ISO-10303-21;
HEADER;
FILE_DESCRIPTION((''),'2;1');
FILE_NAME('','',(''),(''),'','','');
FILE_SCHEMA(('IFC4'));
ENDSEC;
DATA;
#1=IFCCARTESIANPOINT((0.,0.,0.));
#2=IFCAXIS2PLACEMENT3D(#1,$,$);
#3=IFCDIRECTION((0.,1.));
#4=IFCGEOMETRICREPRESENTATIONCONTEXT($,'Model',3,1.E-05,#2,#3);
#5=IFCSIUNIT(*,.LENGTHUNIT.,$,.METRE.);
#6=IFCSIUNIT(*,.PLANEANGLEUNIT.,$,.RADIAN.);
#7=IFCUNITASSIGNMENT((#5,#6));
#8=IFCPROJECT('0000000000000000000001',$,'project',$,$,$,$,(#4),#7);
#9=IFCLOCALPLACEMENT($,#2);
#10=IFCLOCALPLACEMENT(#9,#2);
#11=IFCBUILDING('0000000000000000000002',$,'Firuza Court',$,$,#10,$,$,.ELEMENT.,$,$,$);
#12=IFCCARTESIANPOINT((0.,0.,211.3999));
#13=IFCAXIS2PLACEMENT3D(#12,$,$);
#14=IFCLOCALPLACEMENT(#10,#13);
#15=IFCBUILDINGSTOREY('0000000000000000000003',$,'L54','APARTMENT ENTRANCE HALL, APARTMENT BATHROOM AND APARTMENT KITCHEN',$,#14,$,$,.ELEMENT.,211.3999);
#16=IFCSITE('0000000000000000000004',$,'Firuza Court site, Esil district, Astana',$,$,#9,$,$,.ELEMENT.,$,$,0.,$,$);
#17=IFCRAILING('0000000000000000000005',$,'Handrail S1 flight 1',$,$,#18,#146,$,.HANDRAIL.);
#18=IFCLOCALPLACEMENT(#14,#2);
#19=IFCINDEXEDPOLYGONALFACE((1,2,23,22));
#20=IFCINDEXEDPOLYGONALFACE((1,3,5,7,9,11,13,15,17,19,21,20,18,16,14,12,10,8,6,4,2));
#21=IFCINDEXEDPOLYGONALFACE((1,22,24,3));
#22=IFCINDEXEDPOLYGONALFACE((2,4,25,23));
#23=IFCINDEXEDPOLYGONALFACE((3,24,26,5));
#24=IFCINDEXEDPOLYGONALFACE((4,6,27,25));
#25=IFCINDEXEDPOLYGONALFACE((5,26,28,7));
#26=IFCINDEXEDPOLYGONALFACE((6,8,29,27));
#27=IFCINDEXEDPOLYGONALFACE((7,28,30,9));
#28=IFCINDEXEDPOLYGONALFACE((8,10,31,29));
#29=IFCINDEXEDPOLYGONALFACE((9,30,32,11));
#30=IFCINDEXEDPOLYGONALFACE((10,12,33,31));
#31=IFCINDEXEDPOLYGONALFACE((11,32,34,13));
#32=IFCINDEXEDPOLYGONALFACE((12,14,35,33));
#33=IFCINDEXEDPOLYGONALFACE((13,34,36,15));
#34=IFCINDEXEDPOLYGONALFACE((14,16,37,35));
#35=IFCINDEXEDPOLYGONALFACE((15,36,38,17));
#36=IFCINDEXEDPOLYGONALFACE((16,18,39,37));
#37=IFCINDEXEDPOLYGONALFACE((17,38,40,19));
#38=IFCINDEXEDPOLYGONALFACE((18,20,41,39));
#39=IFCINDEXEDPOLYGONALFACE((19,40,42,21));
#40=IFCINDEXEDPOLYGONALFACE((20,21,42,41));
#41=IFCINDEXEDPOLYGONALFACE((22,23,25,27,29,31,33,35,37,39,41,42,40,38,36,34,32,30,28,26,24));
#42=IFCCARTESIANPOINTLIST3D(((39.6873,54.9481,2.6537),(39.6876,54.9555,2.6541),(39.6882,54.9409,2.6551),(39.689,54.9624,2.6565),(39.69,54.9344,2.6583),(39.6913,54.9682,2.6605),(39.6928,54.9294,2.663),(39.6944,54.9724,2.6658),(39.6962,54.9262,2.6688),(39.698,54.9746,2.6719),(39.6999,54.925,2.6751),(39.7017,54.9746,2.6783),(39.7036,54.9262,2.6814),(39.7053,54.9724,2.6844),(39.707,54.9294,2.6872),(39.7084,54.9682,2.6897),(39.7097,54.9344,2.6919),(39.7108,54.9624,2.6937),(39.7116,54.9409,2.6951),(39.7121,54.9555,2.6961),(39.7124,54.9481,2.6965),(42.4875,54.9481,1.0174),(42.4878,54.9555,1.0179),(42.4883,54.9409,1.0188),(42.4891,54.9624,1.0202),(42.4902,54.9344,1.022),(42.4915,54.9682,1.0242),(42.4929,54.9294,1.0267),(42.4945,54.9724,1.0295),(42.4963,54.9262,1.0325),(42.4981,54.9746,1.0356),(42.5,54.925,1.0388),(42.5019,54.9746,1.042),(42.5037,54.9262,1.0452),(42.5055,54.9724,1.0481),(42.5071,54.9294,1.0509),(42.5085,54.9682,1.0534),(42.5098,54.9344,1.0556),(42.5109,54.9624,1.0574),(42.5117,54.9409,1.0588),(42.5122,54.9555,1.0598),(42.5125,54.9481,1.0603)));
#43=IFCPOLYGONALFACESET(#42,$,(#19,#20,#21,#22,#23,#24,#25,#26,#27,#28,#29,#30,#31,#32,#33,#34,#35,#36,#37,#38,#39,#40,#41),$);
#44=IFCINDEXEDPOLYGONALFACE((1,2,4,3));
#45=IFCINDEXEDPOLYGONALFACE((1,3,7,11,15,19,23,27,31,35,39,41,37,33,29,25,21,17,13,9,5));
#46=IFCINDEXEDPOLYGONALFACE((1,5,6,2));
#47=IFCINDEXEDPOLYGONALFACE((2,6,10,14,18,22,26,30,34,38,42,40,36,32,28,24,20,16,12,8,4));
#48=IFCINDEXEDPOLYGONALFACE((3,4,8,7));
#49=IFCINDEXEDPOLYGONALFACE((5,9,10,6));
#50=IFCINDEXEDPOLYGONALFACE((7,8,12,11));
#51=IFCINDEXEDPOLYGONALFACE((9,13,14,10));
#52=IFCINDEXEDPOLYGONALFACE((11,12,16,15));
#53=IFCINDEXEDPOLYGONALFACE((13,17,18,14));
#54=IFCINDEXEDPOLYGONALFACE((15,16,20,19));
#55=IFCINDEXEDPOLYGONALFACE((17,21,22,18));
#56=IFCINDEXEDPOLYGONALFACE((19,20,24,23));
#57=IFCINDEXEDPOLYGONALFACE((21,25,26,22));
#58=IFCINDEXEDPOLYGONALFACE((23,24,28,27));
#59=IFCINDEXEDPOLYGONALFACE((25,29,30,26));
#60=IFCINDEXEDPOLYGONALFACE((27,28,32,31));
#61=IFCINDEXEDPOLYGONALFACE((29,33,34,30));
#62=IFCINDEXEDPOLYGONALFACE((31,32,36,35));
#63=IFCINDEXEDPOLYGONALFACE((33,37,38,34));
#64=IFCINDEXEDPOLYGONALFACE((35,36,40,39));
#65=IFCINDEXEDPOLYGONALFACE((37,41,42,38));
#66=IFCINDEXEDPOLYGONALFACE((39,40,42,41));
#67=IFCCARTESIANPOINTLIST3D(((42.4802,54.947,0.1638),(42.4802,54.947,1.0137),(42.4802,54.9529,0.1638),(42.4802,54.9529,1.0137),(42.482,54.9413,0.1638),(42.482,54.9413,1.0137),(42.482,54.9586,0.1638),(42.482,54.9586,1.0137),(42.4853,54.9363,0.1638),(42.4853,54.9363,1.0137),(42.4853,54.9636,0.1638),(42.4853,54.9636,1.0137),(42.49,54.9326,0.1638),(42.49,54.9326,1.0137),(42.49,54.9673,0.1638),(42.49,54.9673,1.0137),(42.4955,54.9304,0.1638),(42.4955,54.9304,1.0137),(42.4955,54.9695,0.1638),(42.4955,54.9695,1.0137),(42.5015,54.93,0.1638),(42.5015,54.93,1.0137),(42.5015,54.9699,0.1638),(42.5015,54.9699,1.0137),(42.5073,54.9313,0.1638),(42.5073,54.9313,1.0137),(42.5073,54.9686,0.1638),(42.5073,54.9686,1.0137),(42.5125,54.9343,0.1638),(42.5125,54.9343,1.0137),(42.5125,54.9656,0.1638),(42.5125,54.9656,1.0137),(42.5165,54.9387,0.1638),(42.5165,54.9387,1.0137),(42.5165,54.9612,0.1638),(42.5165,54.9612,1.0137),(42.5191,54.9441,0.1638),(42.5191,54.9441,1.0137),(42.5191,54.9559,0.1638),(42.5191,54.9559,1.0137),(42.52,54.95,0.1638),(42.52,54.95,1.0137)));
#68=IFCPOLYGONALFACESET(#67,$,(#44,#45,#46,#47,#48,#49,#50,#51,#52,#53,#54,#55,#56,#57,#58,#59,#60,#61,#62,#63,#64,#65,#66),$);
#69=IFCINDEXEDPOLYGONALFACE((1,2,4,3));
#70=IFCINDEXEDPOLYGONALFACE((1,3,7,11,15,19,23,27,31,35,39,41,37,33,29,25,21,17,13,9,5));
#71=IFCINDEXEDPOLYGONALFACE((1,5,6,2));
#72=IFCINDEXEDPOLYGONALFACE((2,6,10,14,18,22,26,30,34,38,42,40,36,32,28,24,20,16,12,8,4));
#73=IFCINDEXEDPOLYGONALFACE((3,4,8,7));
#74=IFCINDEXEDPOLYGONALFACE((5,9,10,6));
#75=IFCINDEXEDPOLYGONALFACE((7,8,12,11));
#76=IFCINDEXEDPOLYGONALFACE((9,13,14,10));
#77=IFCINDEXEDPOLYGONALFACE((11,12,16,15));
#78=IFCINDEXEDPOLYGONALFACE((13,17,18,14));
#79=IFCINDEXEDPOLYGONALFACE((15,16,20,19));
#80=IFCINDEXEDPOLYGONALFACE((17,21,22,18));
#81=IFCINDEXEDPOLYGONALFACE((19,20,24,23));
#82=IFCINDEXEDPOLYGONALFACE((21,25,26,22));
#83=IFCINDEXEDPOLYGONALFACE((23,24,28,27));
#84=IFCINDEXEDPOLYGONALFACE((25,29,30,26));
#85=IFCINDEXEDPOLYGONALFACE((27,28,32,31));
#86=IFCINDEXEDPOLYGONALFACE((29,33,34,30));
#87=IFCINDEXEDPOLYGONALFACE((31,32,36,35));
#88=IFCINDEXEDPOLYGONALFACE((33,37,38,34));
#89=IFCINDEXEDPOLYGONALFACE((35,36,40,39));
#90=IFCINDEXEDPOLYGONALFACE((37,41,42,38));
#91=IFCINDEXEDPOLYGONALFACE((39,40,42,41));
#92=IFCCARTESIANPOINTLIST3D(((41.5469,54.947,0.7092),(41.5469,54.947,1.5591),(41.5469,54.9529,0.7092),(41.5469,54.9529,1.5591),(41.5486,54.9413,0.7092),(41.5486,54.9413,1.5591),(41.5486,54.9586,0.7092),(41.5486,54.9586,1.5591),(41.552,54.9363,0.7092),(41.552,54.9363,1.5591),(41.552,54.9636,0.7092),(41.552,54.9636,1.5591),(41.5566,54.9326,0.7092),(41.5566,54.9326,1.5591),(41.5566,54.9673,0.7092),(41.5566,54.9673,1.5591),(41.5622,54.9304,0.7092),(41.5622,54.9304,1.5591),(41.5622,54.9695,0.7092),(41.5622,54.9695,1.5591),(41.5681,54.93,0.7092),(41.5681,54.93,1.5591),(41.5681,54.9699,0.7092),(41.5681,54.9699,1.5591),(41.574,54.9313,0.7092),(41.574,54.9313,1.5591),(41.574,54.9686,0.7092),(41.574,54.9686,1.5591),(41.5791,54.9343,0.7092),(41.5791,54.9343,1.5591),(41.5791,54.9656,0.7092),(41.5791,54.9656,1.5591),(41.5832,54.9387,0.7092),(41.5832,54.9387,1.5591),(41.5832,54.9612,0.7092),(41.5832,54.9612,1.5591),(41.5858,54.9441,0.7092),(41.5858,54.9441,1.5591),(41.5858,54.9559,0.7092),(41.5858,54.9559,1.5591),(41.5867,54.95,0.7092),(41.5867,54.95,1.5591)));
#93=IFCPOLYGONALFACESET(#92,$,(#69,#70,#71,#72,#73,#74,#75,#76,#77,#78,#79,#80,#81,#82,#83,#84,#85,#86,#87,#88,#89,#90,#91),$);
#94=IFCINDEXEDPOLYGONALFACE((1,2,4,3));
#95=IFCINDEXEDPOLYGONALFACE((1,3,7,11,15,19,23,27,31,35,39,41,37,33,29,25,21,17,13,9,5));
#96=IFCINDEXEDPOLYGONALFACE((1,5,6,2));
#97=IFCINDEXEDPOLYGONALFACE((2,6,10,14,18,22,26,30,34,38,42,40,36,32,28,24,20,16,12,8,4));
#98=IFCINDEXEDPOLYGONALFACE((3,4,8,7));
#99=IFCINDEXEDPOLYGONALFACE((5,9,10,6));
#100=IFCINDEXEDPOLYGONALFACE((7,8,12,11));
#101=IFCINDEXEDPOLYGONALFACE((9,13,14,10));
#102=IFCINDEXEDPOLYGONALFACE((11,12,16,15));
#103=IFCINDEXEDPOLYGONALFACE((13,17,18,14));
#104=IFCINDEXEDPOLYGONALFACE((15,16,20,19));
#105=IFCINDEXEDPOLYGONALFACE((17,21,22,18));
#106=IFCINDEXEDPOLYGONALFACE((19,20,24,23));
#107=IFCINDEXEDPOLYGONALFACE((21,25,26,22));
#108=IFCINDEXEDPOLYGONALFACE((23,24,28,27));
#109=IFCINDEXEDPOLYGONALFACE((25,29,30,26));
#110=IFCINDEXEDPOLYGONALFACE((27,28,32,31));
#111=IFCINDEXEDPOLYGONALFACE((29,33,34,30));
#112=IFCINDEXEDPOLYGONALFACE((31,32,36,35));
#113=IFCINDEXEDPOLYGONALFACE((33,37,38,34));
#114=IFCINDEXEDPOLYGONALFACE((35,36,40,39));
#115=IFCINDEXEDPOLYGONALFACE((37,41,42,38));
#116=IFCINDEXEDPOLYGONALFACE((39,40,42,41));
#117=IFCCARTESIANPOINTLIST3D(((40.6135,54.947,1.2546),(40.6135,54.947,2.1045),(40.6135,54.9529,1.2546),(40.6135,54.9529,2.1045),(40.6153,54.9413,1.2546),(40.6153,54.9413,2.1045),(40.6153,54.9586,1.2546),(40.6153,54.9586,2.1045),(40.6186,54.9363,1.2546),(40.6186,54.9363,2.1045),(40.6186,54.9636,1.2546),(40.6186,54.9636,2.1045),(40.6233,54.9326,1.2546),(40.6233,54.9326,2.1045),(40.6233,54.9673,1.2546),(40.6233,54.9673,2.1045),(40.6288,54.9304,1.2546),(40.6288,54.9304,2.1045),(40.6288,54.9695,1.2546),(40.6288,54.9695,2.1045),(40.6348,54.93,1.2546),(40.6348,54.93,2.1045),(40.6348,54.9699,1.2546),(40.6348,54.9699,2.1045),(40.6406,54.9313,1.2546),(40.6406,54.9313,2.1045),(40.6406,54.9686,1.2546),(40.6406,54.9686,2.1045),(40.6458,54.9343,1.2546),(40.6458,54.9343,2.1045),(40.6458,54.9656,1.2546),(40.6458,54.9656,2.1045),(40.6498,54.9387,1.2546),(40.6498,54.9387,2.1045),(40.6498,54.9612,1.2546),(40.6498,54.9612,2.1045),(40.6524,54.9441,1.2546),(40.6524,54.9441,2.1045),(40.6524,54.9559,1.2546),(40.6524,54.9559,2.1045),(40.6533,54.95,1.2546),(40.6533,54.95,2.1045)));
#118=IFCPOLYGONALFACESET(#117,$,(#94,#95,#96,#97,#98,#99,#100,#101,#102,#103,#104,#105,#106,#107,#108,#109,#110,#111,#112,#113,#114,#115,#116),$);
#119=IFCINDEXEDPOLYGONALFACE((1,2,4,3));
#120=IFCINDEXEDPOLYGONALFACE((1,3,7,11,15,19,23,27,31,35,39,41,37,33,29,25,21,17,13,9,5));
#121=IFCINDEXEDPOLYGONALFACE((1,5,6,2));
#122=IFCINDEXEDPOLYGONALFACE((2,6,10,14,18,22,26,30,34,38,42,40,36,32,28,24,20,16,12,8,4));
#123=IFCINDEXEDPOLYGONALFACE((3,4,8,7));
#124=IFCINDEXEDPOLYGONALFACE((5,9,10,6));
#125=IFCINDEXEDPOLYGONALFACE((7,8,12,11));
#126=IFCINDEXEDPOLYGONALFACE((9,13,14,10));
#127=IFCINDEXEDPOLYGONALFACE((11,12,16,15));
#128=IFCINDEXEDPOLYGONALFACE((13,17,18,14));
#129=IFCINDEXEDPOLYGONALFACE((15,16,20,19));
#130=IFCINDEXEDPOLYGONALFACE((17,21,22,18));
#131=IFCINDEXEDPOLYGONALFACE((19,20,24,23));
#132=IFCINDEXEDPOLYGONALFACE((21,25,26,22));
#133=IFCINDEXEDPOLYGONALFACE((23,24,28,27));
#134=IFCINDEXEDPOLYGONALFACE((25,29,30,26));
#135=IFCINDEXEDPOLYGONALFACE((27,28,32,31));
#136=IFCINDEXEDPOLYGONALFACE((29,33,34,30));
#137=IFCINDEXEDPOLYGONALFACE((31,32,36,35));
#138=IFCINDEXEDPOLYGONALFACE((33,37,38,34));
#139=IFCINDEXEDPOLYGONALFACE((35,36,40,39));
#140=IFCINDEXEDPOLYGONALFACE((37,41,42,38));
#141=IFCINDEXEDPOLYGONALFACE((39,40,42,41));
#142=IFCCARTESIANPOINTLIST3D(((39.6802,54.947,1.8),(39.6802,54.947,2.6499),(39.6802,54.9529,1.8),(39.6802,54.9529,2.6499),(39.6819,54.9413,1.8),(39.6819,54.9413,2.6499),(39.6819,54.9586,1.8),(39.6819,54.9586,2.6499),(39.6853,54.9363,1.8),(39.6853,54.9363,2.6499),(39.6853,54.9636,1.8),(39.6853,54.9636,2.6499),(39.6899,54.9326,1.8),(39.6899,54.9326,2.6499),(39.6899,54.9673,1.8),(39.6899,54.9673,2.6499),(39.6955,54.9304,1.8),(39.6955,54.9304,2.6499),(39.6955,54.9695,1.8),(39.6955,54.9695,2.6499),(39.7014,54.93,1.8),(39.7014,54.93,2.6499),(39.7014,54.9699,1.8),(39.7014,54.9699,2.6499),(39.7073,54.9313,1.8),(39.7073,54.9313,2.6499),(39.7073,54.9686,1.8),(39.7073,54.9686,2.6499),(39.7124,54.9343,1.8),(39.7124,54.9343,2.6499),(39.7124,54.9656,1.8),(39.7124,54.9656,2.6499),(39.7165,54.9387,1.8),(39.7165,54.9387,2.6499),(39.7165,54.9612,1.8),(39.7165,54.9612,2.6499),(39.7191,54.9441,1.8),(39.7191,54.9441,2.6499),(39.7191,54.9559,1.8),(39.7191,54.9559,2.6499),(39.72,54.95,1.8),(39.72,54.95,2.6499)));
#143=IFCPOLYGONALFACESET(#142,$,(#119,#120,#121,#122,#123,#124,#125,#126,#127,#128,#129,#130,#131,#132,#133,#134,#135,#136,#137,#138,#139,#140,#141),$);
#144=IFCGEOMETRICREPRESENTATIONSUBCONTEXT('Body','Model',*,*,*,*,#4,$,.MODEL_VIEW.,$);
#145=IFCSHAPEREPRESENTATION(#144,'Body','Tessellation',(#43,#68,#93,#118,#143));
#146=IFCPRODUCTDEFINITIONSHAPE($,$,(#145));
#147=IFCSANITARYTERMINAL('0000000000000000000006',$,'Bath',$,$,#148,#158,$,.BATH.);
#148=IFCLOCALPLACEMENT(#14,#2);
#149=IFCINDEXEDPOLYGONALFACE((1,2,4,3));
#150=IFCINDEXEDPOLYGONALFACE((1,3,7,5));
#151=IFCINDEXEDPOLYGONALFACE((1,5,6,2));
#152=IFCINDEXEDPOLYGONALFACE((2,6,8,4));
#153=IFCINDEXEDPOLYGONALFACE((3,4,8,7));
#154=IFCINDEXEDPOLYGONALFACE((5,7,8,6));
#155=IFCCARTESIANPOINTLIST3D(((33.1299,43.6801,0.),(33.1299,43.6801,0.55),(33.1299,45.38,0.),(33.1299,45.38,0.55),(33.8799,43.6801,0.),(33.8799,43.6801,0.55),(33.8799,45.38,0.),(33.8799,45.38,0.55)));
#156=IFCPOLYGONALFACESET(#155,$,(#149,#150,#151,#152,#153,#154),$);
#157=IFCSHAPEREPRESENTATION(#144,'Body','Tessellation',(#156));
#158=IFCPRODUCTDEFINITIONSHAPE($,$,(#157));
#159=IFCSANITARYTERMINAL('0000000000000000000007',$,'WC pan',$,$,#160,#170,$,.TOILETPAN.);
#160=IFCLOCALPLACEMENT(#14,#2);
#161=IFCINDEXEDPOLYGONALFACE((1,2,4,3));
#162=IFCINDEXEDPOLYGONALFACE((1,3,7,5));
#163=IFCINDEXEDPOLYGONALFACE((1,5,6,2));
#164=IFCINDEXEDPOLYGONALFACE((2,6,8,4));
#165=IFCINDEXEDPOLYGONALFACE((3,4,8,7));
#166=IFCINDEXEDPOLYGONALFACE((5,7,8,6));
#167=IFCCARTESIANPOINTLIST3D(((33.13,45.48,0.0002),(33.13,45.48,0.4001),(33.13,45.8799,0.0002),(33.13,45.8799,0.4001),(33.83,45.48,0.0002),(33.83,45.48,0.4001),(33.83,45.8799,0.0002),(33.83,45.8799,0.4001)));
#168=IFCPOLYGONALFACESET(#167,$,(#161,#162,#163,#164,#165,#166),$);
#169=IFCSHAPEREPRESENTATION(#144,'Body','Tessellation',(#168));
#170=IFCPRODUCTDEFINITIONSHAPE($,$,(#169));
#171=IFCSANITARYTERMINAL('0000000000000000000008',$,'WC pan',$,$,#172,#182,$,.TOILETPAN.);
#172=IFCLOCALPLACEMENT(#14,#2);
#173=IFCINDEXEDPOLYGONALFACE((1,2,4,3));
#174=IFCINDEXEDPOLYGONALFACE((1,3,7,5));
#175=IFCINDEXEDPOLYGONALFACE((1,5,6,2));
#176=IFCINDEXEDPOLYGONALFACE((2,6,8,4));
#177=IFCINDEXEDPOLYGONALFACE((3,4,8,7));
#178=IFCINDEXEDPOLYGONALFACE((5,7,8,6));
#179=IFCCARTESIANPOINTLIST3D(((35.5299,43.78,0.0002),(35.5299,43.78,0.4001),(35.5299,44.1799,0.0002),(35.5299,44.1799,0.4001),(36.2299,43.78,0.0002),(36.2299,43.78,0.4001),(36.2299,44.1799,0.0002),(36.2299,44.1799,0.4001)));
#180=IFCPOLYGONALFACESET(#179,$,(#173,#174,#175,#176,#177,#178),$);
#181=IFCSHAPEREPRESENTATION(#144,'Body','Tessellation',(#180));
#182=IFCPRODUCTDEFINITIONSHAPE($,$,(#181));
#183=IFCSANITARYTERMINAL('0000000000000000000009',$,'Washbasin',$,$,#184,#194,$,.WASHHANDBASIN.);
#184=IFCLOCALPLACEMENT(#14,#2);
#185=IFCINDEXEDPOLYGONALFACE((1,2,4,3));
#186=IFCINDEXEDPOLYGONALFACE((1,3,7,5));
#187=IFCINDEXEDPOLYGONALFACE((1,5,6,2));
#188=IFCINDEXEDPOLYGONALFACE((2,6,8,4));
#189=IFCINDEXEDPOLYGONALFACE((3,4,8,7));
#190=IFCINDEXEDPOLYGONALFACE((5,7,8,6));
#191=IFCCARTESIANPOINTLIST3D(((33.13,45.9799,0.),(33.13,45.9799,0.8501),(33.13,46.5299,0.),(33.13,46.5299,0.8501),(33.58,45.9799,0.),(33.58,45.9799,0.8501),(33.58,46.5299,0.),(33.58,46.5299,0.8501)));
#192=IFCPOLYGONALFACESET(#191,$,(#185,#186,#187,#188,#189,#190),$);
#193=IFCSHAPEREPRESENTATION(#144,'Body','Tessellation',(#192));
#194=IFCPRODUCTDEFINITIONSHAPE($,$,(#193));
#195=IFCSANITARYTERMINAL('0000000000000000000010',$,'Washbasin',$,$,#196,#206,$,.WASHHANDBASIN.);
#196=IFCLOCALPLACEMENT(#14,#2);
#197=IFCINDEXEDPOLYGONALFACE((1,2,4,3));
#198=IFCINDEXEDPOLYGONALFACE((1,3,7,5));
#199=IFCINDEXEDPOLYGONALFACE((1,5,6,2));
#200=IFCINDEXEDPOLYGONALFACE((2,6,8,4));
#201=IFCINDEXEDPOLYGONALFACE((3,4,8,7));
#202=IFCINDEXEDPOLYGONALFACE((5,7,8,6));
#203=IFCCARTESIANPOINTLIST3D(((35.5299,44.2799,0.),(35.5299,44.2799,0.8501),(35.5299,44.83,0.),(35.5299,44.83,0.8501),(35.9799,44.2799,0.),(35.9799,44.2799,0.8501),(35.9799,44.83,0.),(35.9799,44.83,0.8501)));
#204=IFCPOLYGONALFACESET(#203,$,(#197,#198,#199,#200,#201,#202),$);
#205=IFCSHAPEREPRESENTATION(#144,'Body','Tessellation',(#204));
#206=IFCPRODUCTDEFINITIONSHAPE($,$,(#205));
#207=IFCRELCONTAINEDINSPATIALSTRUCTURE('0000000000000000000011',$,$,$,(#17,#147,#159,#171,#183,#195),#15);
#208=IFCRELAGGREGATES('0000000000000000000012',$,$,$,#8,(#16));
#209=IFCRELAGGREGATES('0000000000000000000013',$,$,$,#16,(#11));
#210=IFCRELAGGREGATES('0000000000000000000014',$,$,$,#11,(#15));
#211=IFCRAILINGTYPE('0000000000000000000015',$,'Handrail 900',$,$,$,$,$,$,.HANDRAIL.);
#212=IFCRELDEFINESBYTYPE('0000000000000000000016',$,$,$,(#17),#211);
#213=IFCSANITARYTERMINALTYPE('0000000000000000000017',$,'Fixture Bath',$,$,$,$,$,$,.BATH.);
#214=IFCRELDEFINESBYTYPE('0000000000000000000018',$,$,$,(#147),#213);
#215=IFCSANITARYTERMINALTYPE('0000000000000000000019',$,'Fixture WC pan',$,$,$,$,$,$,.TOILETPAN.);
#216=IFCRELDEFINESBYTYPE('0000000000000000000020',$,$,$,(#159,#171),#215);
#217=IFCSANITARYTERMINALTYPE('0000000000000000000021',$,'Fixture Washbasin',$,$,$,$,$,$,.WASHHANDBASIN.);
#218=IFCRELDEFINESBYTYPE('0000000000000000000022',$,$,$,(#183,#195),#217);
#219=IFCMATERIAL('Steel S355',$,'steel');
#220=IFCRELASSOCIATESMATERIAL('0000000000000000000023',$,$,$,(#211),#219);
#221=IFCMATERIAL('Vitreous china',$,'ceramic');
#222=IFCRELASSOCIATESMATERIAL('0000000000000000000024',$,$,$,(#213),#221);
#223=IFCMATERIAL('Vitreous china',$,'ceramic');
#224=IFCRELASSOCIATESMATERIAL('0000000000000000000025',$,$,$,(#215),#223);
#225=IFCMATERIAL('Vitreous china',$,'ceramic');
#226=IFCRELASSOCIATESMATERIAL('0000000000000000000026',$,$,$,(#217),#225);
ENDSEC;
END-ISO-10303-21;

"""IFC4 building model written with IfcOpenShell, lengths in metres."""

from ifc_helpers import new_model, si_unit, direction, frame, origin, origin_2d, place, context, subcontext, project, spatial, rectangle, circle, extrude, material, type_object, element, save


model = new_model("IFC4")

# Units and contexts
model_context = context("Model", 3, precision=1e-05, world=origin(), true_north=direction((0.0, 1.0)))
body_context = subcontext(model_context, "Body", "Model", "MODEL_VIEW")
ifc_project = project(units=[si_unit("LENGTHUNIT", "METRE"), si_unit("PLANEANGLEUNIT", "RADIAN")], contexts=[model_context])

# Site, building, storey
site_placement = place(None, origin())
site = spatial("IfcSite", under=ifc_project, at=site_placement, Name="Firuza Court site, Esil district, Astana", CompositionType="ELEMENT", RefElevation=0.0)
building_placement = place(site_placement, origin())
building = spatial("IfcBuilding", under=site, at=building_placement, Name="Firuza Court", CompositionType="ELEMENT")
storey_placement = place(building_placement, frame((0.0, 0.0, 211.3999)))
storey = spatial("IfcBuildingStorey", under=building, at=storey_placement, Name="L54", Description="APARTMENT ENTRANCE HALL, APARTMENT BATHROOM AND APARTMENT KITCHEN", CompositionType="ELEMENT", Elevation=211.3999)

# Railing
ifc_material_1 = material(Name="Steel S355", Category="steel")
railing_type_1 = type_object("IfcRailingType", Name="Handrail 900", PredefinedType="HANDRAIL", material=ifc_material_1)
railing_1_placement = place(storey_placement, frame((42.5, 54.95, 0.1638)))
element("IfcRailing", 1, at=railing_1_placement, inside=storey, type_object=railing_type_1, Name="Handrail S1 flight 1", PredefinedType="HANDRAIL", context=body_context, shape_type="SweptSolid", body=[
    extrude(circle(Radius=0.0249, at=origin_2d()), frame((0.0, 0.0, 0.875), z_axis=(-0.863394, 0.0, 0.504531), x_axis=(0.0, -1.0, 0.0)), (0.0, 0.0, 1.0), 3.2432),
    extrude(circle(Radius=0.02, at=origin_2d()), origin(), (0.0, 0.0, 1.0), 0.8499),
    extrude(circle(Radius=0.02, at=origin_2d()), frame((-0.9333, 0.0, 0.5454)), (0.0, 0.0, 1.0), 0.8499),
    extrude(circle(Radius=0.02, at=origin_2d()), frame((-1.8667, 0.0, 1.0908)), (0.0, 0.0, 1.0), 0.8499),
    extrude(circle(Radius=0.02, at=origin_2d()), frame((-2.8, 0.0, 1.6362)), (0.0, 0.0, 1.0), 0.8499),
])

# Sanitary terminals
ifc_material_2 = material(Name="Vitreous china", Category="ceramic")
sanitary_terminal_type_1 = type_object("IfcSanitaryTerminalType", Name="Fixture Bath", PredefinedType="BATH", material=ifc_material_2)
sanitary_terminal_placement = place(storey_placement, frame((33.5049, 44.53, 0.0), z_axis=(0.0, 0.0, 1.0), x_axis=(1.0, 0.0, 0.0)))
element("IfcSanitaryTerminal", 2, at=sanitary_terminal_placement, inside=storey, type_object=sanitary_terminal_type_1, Name="Bath", PredefinedType="BATH", context=body_context, shape_type="SweptSolid", body=[
    extrude(rectangle(XDim=0.75, YDim=1.7, at=origin_2d()), origin(), (0.0, 0.0, 1.0), 0.55),
])
ifc_material_3 = material(Name="Vitreous china", Category="ceramic")
sanitary_terminal_type_2 = type_object("IfcSanitaryTerminalType", Name="Fixture WC pan", PredefinedType="TOILETPAN", material=ifc_material_3)
for number, where, z_axis, x_axis, name in (
    (3, (33.48, 45.6799, 0.0002), (0.0, 0.0, 1.0), (1.0, 0.0, 0.0), "WC pan"),
    (4, (35.8799, 43.98, 0.0002), (0.0, 0.0, 1.0), (1.0, 0.0, 0.0), "WC pan"),
):
    element("IfcSanitaryTerminal", number, at=place(storey_placement, frame(where, z_axis=z_axis, x_axis=x_axis)), inside=storey, type_object=sanitary_terminal_type_2, Name=name, PredefinedType="TOILETPAN", context=body_context, shape_type="SweptSolid", body=[
        extrude(rectangle(XDim=0.7, YDim=0.3999, at=origin_2d()), origin(), (0.0, 0.0, 1.0), 0.3999),
    ])
ifc_material_4 = material(Name="Vitreous china", Category="ceramic")
sanitary_terminal_type_3 = type_object("IfcSanitaryTerminalType", Name="Fixture Washbasin", PredefinedType="WASHHANDBASIN", material=ifc_material_4)
for number, where, z_axis, x_axis, name in (
    (5, (33.355, 46.2549, 0.0), (0.0, 0.0, 1.0), (1.0, 0.0, 0.0), "Washbasin"),
    (6, (35.7549, 44.5549, 0.0), (0.0, 0.0, 1.0), (1.0, 0.0, 0.0), "Washbasin"),
):
    element("IfcSanitaryTerminal", number, at=place(storey_placement, frame(where, z_axis=z_axis, x_axis=x_axis)), inside=storey, type_object=sanitary_terminal_type_3, Name=name, PredefinedType="WASHHANDBASIN", context=body_context, shape_type="SweptSolid", body=[
        extrude(rectangle(XDim=0.45, YDim=0.55, at=origin_2d()), origin(), (0.0, 0.0, 1.0), 0.8501),
    ])

save(model, "model.ifc")
